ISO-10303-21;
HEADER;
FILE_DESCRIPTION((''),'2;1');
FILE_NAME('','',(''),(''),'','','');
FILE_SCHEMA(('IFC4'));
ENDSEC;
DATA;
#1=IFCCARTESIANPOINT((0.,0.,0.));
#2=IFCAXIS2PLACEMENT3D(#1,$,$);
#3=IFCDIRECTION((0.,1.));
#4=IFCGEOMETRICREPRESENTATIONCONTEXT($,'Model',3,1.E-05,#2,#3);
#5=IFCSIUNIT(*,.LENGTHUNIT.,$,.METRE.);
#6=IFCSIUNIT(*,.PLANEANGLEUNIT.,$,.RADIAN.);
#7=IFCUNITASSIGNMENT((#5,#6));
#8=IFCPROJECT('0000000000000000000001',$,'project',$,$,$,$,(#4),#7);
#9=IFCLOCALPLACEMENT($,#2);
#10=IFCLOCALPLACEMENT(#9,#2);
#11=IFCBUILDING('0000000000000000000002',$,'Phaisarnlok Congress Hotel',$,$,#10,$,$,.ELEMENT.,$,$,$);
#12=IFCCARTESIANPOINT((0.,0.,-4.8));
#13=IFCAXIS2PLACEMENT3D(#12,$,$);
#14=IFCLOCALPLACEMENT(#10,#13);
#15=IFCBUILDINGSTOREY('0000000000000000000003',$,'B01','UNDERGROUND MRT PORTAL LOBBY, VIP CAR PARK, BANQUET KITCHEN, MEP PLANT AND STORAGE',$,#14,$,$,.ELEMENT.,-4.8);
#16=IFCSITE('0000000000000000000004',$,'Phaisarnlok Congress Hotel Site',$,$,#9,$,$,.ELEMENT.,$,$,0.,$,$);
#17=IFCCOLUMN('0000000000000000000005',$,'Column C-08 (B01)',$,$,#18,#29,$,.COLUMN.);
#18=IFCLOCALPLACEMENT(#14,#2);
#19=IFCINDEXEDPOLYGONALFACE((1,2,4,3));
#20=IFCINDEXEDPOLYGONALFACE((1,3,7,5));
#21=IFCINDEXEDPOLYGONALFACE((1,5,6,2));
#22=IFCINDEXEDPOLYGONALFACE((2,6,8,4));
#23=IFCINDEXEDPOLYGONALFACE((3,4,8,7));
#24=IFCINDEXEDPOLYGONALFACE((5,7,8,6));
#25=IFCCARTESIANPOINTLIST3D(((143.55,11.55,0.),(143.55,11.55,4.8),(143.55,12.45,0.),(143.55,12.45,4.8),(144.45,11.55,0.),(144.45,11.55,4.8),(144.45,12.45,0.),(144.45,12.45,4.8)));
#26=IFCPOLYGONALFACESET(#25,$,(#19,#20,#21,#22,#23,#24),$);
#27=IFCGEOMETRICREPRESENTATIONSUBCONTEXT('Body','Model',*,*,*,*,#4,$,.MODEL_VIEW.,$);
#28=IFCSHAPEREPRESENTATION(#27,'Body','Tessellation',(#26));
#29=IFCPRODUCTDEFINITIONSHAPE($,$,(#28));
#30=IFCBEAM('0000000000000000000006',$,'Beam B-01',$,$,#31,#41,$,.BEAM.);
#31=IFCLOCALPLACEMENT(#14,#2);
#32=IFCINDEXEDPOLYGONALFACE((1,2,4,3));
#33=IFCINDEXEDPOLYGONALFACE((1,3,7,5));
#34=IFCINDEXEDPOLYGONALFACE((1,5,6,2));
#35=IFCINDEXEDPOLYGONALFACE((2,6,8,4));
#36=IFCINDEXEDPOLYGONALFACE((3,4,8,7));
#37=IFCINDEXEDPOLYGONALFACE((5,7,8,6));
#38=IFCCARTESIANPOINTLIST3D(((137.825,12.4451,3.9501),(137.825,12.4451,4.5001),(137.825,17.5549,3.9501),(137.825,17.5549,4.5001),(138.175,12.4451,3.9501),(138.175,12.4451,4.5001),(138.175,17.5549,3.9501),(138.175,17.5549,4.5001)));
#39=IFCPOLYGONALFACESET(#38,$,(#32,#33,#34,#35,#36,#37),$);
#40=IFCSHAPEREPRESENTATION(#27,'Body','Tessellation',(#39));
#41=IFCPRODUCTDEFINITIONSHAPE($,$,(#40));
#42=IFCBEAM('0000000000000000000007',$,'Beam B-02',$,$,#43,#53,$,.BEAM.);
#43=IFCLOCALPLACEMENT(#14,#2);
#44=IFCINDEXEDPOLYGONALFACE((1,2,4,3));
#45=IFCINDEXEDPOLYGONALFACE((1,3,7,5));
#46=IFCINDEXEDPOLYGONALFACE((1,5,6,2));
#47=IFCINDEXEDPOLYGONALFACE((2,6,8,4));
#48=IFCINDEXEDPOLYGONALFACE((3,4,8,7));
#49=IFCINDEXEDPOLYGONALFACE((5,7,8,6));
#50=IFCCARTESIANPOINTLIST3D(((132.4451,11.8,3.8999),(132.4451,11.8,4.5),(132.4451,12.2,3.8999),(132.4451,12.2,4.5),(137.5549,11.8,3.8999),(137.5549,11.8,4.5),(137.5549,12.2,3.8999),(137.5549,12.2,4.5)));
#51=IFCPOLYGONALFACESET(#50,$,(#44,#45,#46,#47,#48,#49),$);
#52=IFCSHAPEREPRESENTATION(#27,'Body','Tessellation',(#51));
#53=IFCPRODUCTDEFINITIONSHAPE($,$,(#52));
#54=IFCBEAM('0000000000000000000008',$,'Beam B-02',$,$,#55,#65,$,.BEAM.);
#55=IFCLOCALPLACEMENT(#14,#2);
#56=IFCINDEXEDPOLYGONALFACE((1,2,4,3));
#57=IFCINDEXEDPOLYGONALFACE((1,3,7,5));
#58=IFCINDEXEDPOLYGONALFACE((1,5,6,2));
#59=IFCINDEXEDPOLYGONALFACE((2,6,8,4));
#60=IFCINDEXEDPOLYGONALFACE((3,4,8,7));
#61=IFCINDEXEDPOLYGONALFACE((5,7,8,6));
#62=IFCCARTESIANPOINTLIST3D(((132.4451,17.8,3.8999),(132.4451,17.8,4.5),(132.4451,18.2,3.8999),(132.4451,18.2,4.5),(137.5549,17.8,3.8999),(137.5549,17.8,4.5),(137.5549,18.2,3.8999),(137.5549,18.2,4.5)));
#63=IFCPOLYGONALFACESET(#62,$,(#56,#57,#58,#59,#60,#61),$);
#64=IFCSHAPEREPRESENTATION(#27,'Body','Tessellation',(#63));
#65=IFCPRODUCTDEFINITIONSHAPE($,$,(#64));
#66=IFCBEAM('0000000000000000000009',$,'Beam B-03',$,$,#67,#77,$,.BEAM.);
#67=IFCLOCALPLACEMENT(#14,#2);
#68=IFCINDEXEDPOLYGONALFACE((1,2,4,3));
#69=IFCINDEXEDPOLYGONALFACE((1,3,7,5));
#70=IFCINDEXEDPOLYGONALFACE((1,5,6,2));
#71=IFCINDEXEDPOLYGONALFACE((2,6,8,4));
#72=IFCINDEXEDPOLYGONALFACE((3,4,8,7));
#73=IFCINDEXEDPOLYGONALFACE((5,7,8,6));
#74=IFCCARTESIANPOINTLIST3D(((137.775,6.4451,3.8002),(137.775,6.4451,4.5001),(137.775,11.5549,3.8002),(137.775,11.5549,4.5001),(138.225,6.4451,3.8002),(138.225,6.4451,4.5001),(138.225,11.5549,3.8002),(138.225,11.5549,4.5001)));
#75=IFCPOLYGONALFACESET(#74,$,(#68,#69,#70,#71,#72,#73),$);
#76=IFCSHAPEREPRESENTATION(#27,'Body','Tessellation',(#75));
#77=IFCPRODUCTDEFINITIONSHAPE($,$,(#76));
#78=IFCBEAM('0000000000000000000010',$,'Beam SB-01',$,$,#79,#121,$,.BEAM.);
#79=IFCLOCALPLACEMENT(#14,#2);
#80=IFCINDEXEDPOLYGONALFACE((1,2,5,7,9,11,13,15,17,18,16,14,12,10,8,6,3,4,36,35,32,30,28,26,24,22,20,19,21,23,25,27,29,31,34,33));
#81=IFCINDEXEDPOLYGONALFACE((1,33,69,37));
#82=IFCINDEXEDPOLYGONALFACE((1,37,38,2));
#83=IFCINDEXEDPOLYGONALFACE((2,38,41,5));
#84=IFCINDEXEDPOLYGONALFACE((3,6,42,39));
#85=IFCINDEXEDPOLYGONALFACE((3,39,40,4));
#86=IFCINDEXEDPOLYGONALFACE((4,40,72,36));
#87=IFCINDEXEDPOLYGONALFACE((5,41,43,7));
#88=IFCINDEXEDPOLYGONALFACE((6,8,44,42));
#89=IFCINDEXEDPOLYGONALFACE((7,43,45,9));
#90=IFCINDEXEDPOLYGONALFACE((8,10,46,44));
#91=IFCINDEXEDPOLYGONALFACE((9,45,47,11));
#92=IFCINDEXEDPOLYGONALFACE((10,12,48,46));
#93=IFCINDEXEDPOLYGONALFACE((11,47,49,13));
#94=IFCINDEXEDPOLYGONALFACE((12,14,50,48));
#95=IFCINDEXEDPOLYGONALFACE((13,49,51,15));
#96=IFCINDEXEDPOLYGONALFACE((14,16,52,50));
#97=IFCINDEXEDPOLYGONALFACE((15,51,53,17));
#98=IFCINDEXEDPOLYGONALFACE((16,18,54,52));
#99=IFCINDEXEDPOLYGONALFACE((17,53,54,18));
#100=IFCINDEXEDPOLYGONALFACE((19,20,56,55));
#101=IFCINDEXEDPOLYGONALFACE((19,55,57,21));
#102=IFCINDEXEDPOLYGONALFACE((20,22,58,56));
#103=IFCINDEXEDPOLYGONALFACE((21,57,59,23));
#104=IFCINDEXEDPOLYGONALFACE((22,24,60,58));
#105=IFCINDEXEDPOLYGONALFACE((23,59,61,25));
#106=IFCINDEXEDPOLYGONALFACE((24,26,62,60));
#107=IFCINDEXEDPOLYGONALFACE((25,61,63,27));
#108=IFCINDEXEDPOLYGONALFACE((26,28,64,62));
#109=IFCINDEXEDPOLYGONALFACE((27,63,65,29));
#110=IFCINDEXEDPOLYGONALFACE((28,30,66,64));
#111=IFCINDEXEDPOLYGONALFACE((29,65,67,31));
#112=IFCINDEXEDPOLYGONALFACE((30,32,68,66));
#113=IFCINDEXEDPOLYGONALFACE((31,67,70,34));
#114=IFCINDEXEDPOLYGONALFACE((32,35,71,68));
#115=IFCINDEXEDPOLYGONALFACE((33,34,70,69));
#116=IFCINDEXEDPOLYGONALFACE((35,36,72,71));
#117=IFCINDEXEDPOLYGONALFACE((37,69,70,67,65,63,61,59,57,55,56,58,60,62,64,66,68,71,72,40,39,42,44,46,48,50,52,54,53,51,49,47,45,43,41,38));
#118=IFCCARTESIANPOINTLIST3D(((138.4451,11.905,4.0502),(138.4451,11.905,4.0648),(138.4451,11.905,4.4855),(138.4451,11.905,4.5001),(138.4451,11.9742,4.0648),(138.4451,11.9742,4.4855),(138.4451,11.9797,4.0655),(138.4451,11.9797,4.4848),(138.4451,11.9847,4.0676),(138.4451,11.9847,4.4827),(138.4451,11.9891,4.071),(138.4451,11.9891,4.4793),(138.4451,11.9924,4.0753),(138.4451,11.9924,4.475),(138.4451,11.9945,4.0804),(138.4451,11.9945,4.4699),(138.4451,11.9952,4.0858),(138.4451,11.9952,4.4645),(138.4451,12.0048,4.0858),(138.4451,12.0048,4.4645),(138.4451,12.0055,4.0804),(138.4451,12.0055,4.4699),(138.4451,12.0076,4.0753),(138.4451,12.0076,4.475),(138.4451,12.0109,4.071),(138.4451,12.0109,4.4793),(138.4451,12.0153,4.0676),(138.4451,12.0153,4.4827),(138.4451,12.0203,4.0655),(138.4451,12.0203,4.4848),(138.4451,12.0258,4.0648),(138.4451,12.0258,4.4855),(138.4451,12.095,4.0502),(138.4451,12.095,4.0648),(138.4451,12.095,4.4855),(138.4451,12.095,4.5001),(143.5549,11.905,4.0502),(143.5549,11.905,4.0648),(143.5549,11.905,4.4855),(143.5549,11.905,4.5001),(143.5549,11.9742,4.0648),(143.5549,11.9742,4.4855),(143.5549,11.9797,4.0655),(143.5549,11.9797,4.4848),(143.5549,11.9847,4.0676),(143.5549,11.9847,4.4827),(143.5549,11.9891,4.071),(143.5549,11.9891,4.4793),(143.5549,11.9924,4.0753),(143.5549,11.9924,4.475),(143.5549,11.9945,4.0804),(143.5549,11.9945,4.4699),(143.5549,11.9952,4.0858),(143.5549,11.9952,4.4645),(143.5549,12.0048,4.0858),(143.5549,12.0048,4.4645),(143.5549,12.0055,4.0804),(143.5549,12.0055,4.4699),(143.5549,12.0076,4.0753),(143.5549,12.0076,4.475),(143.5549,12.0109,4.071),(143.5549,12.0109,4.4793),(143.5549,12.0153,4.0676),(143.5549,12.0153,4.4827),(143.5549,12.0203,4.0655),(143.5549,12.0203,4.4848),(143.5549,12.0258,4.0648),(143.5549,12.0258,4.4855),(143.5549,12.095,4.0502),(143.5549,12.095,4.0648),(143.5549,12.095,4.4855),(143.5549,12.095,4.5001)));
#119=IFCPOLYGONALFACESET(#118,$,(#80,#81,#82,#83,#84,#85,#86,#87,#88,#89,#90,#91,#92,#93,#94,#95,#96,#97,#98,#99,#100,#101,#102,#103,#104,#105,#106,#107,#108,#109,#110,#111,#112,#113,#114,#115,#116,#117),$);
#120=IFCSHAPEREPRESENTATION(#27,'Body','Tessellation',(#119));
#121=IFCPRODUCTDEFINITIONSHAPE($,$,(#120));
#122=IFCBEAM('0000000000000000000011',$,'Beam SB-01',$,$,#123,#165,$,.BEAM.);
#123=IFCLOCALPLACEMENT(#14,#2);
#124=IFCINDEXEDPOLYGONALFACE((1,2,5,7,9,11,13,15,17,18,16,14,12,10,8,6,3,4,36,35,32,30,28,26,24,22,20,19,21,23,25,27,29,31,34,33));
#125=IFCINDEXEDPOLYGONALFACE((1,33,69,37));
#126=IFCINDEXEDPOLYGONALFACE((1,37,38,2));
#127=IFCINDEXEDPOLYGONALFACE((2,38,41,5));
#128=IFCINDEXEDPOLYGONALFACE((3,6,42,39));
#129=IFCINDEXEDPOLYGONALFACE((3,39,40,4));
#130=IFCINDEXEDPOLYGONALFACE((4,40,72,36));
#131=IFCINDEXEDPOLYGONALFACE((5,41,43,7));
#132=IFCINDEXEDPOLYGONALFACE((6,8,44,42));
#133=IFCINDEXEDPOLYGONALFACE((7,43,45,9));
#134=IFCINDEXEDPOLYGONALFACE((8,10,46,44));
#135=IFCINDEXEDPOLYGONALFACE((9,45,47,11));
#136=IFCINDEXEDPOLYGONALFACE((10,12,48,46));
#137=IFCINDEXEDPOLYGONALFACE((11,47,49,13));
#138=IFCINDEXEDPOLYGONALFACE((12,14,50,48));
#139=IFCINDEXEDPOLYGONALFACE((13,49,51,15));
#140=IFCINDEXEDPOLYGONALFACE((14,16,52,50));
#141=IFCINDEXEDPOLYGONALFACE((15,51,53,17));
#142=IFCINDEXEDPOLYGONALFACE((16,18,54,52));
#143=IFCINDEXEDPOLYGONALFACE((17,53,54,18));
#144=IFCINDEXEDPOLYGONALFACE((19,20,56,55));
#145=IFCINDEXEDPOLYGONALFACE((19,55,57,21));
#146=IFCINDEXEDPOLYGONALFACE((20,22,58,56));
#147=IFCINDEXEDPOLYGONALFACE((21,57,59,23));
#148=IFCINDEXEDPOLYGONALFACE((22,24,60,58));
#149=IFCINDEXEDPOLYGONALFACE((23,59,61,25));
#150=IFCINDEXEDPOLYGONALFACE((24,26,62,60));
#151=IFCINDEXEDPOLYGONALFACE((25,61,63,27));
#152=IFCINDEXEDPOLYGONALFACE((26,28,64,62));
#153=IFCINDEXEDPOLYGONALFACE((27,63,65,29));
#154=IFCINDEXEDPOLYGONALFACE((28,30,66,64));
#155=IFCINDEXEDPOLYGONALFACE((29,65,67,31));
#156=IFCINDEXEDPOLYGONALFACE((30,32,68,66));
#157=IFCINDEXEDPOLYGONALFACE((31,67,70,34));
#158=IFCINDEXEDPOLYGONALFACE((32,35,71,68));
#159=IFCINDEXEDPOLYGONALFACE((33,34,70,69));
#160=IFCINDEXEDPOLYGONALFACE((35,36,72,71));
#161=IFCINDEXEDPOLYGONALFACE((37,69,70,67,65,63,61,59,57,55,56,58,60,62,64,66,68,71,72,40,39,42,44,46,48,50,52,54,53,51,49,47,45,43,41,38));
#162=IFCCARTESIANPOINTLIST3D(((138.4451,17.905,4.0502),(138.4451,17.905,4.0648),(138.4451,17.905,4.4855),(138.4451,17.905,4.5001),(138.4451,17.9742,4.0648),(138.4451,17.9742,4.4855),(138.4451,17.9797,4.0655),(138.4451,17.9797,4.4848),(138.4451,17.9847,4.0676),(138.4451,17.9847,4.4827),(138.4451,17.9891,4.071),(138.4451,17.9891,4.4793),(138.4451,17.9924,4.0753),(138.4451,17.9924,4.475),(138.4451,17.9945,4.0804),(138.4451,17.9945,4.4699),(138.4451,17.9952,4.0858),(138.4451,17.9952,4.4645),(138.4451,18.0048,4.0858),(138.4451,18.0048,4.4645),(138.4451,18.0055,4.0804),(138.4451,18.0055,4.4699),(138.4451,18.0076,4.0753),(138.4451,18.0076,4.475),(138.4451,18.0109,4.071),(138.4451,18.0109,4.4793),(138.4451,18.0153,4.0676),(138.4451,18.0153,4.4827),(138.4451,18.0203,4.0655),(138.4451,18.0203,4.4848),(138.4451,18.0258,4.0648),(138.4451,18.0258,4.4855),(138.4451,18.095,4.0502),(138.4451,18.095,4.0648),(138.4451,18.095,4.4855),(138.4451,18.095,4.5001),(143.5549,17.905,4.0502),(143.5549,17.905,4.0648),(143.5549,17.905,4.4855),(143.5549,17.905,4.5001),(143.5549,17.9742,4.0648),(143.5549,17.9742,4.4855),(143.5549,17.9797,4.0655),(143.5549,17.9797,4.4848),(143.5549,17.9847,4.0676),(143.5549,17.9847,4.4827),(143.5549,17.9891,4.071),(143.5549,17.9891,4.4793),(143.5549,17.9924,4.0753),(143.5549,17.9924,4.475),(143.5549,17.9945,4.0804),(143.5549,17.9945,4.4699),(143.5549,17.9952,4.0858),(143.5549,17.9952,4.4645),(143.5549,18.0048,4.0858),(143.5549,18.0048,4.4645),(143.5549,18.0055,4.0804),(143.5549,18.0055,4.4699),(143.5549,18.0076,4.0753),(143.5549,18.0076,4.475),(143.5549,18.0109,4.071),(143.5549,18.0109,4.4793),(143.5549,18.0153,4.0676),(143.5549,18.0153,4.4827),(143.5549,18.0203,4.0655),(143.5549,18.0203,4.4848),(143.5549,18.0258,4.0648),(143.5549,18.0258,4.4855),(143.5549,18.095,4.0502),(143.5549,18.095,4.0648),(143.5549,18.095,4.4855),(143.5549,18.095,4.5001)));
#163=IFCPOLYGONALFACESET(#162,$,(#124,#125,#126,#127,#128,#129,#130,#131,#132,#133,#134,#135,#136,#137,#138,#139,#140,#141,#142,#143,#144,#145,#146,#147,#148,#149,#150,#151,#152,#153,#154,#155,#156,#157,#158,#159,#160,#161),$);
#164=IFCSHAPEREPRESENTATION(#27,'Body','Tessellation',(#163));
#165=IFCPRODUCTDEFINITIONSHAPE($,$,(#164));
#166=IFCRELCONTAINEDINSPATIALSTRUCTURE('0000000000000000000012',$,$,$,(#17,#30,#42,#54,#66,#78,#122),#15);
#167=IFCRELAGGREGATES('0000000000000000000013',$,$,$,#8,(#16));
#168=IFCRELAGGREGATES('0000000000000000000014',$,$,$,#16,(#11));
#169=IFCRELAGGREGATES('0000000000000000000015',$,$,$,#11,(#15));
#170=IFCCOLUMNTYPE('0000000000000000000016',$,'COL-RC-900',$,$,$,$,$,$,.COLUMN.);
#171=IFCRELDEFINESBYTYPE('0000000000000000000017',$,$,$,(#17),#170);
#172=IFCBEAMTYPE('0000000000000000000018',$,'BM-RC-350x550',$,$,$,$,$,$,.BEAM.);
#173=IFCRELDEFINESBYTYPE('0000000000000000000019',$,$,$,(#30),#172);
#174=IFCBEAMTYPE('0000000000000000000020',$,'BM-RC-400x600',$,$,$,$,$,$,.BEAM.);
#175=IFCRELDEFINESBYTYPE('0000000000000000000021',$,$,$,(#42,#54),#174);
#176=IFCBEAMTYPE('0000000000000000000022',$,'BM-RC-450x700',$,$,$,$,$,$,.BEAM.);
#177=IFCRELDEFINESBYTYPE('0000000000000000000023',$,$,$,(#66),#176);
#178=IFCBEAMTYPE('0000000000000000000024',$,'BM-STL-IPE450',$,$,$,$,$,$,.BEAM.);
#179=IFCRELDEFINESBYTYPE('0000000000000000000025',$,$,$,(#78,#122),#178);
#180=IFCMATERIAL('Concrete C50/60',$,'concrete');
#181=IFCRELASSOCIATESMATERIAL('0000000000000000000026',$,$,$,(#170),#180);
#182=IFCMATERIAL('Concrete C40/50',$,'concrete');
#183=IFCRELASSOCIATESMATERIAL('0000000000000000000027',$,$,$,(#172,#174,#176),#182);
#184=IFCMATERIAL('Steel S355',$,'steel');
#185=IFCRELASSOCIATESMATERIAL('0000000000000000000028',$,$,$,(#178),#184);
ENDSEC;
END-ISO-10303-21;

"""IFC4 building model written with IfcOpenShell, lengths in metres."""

from ifc_helpers import new_model, si_unit, direction, frame, origin, origin_2d, place, context, subcontext, project, spatial, rectangle, i_section, extrude, material, material_profile, profile_set, type_object, element, save


model = new_model("IFC4")

# Units and contexts
model_context = context("Model", 3, precision=1e-05, world=origin(), true_north=direction((0.0, 1.0)))
body_context = subcontext(model_context, "Body", "Model", "MODEL_VIEW")
ifc_project = project(units=[si_unit("LENGTHUNIT", "METRE"), si_unit("PLANEANGLEUNIT", "RADIAN")], contexts=[model_context])

# Site, building, storey
site_placement = place(None, origin())
site = spatial("IfcSite", under=ifc_project, at=site_placement, Name="Phaisarnlok Congress Hotel Site", CompositionType="ELEMENT", RefElevation=0.0)
building_placement = place(site_placement, origin())
building = spatial("IfcBuilding", under=site, at=building_placement, Name="Phaisarnlok Congress Hotel", CompositionType="ELEMENT")
storey_placement = place(building_placement, frame((0.0, 0.0, -4.8)))
storey = spatial("IfcBuildingStorey", under=building, at=storey_placement, Name="B01", Description="UNDERGROUND MRT PORTAL LOBBY, VIP CAR PARK, BANQUET KITCHEN, MEP PLANT AND STORAGE", CompositionType="ELEMENT", Elevation=-4.8)

# Shared definitions
ifc_material_1 = material(Name="Concrete C40/50", Category="concrete")

# Column
ifc_material_2 = material(Name="Concrete C50/60", Category="concrete")
ifc_material_profile_1 = material_profile(ifc_material_2, rectangle(XDim=0.8999, YDim=0.8999, at=origin_2d()), Name="RC 900x900")
ifc_profile_set_1 = profile_set([ifc_material_profile_1], Name="Concrete C50/60")
column_type = type_object("IfcColumnType", Name="COL-RC-900", PredefinedType="COLUMN", material=ifc_profile_set_1)
for number, where, z_axis, x_axis, name in (
    (1, (144.0, 12.0, 0.0), (0.0, 0.0, 1.0), (1.0, 0.0, 0.0), "Column C-08 (B01)"),
):
    element("IfcColumn", number, at=place(storey_placement, frame(where, z_axis=z_axis, x_axis=x_axis)), inside=storey, type_object=column_type, Name=name, PredefinedType="COLUMN", context=body_context, shape_type="SweptSolid", body=[
        extrude(rectangle(XDim=0.8999, YDim=0.8999, at=origin_2d()), origin(), (0.0, 0.0, 1.0), 4.8),
    ])

# Beams
ifc_material_profile_2 = material_profile(ifc_material_1, rectangle(XDim=0.3501, YDim=0.55, at=origin_2d()), Name="RC 350x550")
ifc_profile_set_2 = profile_set([ifc_material_profile_2], Name="Concrete C40/50")
beam_type_1 = type_object("IfcBeamType", Name="BM-RC-350x550", PredefinedType="BEAM", material=ifc_profile_set_2)
beam_1_placement = place(storey_placement, frame((138.0, 12.4451, 4.2251), z_axis=(0.0, 1.0, 0.0), x_axis=(-1.0, 0.0, 0.0)))
element("IfcBeam", 2, at=beam_1_placement, inside=storey, type_object=beam_type_1, Name="Beam B-01", PredefinedType="BEAM", context=body_context, shape_type="SweptSolid", body=[
    extrude(rectangle(XDim=0.3501, YDim=0.55, at=origin_2d()), origin(), (0.0, 0.0, 1.0), 5.1099),
])
ifc_material_profile_3 = material_profile(ifc_material_1, rectangle(XDim=0.3999, YDim=0.6001, at=origin_2d()), Name="RC 400x600")
ifc_profile_set_3 = profile_set([ifc_material_profile_3], Name="Concrete C40/50")
beam_type_2 = type_object("IfcBeamType", Name="BM-RC-400x600", PredefinedType="BEAM", material=ifc_profile_set_3)
for number, where, z_axis, x_axis, name in (
    (3, (132.4451, 12.0, 4.2), (1.0, 0.0, 0.0), (0.0, 1.0, 0.0), "Beam B-02"),
    (4, (132.4451, 18.0, 4.2), (1.0, 0.0, 0.0), (0.0, 1.0, 0.0), "Beam B-02"),
):
    element("IfcBeam", number, at=place(storey_placement, frame(where, z_axis=z_axis, x_axis=x_axis)), inside=storey, type_object=beam_type_2, Name=name, PredefinedType="BEAM", context=body_context, shape_type="SweptSolid", body=[
        extrude(rectangle(XDim=0.3999, YDim=0.6001, at=origin_2d()), origin(), (0.0, 0.0, 1.0), 5.1099),
    ])
ifc_material_profile_4 = material_profile(ifc_material_1, rectangle(XDim=0.45, YDim=0.7, at=origin_2d()), Name="RC 450x700")
ifc_profile_set_4 = profile_set([ifc_material_profile_4], Name="Concrete C40/50")
beam_type_3 = type_object("IfcBeamType", Name="BM-RC-450x700", PredefinedType="BEAM", material=ifc_profile_set_4)
beam_2_placement = place(storey_placement, frame((138.0, 6.4451, 4.1501), z_axis=(0.0, 1.0, 0.0), x_axis=(-1.0, 0.0, 0.0)))
element("IfcBeam", 5, at=beam_2_placement, inside=storey, type_object=beam_type_3, Name="Beam B-03", PredefinedType="BEAM", context=body_context, shape_type="SweptSolid", body=[
    extrude(rectangle(XDim=0.45, YDim=0.7, at=origin_2d()), origin(), (0.0, 0.0, 1.0), 5.1099),
])
ifc_material_3 = material(Name="Steel S355", Category="steel")
ifc_material_profile_5 = material_profile(ifc_material_3, i_section(OverallWidth=0.1899, OverallDepth=0.45, WebThickness=0.0095, FlangeThickness=0.0146, FilletRadius=0.021, at=origin_2d()), Name="IPE 450")
ifc_profile_set_5 = profile_set([ifc_material_profile_5], Name="Steel S355")
beam_type_4 = type_object("IfcBeamType", Name="BM-STL-IPE450", PredefinedType="BEAM", material=ifc_profile_set_5)
for number, where, z_axis, x_axis, name in (
    (6, (138.4451, 12.0, 4.2751), (1.0, 0.0, 0.0), (0.0, 1.0, 0.0), "Beam SB-01"),
    (7, (138.4451, 18.0, 4.2751), (1.0, 0.0, 0.0), (0.0, 1.0, 0.0), "Beam SB-01"),
):
    element("IfcBeam", number, at=place(storey_placement, frame(where, z_axis=z_axis, x_axis=x_axis)), inside=storey, type_object=beam_type_4, Name=name, PredefinedType="BEAM", context=body_context, shape_type="SweptSolid", body=[
        extrude(i_section(OverallWidth=0.1899, OverallDepth=0.45, WebThickness=0.0095, FlangeThickness=0.0146, FilletRadius=0.021, at=origin_2d()), origin(), (0.0, 0.0, 1.0), 5.1099),
    ])

save(model, "model.ifc")
